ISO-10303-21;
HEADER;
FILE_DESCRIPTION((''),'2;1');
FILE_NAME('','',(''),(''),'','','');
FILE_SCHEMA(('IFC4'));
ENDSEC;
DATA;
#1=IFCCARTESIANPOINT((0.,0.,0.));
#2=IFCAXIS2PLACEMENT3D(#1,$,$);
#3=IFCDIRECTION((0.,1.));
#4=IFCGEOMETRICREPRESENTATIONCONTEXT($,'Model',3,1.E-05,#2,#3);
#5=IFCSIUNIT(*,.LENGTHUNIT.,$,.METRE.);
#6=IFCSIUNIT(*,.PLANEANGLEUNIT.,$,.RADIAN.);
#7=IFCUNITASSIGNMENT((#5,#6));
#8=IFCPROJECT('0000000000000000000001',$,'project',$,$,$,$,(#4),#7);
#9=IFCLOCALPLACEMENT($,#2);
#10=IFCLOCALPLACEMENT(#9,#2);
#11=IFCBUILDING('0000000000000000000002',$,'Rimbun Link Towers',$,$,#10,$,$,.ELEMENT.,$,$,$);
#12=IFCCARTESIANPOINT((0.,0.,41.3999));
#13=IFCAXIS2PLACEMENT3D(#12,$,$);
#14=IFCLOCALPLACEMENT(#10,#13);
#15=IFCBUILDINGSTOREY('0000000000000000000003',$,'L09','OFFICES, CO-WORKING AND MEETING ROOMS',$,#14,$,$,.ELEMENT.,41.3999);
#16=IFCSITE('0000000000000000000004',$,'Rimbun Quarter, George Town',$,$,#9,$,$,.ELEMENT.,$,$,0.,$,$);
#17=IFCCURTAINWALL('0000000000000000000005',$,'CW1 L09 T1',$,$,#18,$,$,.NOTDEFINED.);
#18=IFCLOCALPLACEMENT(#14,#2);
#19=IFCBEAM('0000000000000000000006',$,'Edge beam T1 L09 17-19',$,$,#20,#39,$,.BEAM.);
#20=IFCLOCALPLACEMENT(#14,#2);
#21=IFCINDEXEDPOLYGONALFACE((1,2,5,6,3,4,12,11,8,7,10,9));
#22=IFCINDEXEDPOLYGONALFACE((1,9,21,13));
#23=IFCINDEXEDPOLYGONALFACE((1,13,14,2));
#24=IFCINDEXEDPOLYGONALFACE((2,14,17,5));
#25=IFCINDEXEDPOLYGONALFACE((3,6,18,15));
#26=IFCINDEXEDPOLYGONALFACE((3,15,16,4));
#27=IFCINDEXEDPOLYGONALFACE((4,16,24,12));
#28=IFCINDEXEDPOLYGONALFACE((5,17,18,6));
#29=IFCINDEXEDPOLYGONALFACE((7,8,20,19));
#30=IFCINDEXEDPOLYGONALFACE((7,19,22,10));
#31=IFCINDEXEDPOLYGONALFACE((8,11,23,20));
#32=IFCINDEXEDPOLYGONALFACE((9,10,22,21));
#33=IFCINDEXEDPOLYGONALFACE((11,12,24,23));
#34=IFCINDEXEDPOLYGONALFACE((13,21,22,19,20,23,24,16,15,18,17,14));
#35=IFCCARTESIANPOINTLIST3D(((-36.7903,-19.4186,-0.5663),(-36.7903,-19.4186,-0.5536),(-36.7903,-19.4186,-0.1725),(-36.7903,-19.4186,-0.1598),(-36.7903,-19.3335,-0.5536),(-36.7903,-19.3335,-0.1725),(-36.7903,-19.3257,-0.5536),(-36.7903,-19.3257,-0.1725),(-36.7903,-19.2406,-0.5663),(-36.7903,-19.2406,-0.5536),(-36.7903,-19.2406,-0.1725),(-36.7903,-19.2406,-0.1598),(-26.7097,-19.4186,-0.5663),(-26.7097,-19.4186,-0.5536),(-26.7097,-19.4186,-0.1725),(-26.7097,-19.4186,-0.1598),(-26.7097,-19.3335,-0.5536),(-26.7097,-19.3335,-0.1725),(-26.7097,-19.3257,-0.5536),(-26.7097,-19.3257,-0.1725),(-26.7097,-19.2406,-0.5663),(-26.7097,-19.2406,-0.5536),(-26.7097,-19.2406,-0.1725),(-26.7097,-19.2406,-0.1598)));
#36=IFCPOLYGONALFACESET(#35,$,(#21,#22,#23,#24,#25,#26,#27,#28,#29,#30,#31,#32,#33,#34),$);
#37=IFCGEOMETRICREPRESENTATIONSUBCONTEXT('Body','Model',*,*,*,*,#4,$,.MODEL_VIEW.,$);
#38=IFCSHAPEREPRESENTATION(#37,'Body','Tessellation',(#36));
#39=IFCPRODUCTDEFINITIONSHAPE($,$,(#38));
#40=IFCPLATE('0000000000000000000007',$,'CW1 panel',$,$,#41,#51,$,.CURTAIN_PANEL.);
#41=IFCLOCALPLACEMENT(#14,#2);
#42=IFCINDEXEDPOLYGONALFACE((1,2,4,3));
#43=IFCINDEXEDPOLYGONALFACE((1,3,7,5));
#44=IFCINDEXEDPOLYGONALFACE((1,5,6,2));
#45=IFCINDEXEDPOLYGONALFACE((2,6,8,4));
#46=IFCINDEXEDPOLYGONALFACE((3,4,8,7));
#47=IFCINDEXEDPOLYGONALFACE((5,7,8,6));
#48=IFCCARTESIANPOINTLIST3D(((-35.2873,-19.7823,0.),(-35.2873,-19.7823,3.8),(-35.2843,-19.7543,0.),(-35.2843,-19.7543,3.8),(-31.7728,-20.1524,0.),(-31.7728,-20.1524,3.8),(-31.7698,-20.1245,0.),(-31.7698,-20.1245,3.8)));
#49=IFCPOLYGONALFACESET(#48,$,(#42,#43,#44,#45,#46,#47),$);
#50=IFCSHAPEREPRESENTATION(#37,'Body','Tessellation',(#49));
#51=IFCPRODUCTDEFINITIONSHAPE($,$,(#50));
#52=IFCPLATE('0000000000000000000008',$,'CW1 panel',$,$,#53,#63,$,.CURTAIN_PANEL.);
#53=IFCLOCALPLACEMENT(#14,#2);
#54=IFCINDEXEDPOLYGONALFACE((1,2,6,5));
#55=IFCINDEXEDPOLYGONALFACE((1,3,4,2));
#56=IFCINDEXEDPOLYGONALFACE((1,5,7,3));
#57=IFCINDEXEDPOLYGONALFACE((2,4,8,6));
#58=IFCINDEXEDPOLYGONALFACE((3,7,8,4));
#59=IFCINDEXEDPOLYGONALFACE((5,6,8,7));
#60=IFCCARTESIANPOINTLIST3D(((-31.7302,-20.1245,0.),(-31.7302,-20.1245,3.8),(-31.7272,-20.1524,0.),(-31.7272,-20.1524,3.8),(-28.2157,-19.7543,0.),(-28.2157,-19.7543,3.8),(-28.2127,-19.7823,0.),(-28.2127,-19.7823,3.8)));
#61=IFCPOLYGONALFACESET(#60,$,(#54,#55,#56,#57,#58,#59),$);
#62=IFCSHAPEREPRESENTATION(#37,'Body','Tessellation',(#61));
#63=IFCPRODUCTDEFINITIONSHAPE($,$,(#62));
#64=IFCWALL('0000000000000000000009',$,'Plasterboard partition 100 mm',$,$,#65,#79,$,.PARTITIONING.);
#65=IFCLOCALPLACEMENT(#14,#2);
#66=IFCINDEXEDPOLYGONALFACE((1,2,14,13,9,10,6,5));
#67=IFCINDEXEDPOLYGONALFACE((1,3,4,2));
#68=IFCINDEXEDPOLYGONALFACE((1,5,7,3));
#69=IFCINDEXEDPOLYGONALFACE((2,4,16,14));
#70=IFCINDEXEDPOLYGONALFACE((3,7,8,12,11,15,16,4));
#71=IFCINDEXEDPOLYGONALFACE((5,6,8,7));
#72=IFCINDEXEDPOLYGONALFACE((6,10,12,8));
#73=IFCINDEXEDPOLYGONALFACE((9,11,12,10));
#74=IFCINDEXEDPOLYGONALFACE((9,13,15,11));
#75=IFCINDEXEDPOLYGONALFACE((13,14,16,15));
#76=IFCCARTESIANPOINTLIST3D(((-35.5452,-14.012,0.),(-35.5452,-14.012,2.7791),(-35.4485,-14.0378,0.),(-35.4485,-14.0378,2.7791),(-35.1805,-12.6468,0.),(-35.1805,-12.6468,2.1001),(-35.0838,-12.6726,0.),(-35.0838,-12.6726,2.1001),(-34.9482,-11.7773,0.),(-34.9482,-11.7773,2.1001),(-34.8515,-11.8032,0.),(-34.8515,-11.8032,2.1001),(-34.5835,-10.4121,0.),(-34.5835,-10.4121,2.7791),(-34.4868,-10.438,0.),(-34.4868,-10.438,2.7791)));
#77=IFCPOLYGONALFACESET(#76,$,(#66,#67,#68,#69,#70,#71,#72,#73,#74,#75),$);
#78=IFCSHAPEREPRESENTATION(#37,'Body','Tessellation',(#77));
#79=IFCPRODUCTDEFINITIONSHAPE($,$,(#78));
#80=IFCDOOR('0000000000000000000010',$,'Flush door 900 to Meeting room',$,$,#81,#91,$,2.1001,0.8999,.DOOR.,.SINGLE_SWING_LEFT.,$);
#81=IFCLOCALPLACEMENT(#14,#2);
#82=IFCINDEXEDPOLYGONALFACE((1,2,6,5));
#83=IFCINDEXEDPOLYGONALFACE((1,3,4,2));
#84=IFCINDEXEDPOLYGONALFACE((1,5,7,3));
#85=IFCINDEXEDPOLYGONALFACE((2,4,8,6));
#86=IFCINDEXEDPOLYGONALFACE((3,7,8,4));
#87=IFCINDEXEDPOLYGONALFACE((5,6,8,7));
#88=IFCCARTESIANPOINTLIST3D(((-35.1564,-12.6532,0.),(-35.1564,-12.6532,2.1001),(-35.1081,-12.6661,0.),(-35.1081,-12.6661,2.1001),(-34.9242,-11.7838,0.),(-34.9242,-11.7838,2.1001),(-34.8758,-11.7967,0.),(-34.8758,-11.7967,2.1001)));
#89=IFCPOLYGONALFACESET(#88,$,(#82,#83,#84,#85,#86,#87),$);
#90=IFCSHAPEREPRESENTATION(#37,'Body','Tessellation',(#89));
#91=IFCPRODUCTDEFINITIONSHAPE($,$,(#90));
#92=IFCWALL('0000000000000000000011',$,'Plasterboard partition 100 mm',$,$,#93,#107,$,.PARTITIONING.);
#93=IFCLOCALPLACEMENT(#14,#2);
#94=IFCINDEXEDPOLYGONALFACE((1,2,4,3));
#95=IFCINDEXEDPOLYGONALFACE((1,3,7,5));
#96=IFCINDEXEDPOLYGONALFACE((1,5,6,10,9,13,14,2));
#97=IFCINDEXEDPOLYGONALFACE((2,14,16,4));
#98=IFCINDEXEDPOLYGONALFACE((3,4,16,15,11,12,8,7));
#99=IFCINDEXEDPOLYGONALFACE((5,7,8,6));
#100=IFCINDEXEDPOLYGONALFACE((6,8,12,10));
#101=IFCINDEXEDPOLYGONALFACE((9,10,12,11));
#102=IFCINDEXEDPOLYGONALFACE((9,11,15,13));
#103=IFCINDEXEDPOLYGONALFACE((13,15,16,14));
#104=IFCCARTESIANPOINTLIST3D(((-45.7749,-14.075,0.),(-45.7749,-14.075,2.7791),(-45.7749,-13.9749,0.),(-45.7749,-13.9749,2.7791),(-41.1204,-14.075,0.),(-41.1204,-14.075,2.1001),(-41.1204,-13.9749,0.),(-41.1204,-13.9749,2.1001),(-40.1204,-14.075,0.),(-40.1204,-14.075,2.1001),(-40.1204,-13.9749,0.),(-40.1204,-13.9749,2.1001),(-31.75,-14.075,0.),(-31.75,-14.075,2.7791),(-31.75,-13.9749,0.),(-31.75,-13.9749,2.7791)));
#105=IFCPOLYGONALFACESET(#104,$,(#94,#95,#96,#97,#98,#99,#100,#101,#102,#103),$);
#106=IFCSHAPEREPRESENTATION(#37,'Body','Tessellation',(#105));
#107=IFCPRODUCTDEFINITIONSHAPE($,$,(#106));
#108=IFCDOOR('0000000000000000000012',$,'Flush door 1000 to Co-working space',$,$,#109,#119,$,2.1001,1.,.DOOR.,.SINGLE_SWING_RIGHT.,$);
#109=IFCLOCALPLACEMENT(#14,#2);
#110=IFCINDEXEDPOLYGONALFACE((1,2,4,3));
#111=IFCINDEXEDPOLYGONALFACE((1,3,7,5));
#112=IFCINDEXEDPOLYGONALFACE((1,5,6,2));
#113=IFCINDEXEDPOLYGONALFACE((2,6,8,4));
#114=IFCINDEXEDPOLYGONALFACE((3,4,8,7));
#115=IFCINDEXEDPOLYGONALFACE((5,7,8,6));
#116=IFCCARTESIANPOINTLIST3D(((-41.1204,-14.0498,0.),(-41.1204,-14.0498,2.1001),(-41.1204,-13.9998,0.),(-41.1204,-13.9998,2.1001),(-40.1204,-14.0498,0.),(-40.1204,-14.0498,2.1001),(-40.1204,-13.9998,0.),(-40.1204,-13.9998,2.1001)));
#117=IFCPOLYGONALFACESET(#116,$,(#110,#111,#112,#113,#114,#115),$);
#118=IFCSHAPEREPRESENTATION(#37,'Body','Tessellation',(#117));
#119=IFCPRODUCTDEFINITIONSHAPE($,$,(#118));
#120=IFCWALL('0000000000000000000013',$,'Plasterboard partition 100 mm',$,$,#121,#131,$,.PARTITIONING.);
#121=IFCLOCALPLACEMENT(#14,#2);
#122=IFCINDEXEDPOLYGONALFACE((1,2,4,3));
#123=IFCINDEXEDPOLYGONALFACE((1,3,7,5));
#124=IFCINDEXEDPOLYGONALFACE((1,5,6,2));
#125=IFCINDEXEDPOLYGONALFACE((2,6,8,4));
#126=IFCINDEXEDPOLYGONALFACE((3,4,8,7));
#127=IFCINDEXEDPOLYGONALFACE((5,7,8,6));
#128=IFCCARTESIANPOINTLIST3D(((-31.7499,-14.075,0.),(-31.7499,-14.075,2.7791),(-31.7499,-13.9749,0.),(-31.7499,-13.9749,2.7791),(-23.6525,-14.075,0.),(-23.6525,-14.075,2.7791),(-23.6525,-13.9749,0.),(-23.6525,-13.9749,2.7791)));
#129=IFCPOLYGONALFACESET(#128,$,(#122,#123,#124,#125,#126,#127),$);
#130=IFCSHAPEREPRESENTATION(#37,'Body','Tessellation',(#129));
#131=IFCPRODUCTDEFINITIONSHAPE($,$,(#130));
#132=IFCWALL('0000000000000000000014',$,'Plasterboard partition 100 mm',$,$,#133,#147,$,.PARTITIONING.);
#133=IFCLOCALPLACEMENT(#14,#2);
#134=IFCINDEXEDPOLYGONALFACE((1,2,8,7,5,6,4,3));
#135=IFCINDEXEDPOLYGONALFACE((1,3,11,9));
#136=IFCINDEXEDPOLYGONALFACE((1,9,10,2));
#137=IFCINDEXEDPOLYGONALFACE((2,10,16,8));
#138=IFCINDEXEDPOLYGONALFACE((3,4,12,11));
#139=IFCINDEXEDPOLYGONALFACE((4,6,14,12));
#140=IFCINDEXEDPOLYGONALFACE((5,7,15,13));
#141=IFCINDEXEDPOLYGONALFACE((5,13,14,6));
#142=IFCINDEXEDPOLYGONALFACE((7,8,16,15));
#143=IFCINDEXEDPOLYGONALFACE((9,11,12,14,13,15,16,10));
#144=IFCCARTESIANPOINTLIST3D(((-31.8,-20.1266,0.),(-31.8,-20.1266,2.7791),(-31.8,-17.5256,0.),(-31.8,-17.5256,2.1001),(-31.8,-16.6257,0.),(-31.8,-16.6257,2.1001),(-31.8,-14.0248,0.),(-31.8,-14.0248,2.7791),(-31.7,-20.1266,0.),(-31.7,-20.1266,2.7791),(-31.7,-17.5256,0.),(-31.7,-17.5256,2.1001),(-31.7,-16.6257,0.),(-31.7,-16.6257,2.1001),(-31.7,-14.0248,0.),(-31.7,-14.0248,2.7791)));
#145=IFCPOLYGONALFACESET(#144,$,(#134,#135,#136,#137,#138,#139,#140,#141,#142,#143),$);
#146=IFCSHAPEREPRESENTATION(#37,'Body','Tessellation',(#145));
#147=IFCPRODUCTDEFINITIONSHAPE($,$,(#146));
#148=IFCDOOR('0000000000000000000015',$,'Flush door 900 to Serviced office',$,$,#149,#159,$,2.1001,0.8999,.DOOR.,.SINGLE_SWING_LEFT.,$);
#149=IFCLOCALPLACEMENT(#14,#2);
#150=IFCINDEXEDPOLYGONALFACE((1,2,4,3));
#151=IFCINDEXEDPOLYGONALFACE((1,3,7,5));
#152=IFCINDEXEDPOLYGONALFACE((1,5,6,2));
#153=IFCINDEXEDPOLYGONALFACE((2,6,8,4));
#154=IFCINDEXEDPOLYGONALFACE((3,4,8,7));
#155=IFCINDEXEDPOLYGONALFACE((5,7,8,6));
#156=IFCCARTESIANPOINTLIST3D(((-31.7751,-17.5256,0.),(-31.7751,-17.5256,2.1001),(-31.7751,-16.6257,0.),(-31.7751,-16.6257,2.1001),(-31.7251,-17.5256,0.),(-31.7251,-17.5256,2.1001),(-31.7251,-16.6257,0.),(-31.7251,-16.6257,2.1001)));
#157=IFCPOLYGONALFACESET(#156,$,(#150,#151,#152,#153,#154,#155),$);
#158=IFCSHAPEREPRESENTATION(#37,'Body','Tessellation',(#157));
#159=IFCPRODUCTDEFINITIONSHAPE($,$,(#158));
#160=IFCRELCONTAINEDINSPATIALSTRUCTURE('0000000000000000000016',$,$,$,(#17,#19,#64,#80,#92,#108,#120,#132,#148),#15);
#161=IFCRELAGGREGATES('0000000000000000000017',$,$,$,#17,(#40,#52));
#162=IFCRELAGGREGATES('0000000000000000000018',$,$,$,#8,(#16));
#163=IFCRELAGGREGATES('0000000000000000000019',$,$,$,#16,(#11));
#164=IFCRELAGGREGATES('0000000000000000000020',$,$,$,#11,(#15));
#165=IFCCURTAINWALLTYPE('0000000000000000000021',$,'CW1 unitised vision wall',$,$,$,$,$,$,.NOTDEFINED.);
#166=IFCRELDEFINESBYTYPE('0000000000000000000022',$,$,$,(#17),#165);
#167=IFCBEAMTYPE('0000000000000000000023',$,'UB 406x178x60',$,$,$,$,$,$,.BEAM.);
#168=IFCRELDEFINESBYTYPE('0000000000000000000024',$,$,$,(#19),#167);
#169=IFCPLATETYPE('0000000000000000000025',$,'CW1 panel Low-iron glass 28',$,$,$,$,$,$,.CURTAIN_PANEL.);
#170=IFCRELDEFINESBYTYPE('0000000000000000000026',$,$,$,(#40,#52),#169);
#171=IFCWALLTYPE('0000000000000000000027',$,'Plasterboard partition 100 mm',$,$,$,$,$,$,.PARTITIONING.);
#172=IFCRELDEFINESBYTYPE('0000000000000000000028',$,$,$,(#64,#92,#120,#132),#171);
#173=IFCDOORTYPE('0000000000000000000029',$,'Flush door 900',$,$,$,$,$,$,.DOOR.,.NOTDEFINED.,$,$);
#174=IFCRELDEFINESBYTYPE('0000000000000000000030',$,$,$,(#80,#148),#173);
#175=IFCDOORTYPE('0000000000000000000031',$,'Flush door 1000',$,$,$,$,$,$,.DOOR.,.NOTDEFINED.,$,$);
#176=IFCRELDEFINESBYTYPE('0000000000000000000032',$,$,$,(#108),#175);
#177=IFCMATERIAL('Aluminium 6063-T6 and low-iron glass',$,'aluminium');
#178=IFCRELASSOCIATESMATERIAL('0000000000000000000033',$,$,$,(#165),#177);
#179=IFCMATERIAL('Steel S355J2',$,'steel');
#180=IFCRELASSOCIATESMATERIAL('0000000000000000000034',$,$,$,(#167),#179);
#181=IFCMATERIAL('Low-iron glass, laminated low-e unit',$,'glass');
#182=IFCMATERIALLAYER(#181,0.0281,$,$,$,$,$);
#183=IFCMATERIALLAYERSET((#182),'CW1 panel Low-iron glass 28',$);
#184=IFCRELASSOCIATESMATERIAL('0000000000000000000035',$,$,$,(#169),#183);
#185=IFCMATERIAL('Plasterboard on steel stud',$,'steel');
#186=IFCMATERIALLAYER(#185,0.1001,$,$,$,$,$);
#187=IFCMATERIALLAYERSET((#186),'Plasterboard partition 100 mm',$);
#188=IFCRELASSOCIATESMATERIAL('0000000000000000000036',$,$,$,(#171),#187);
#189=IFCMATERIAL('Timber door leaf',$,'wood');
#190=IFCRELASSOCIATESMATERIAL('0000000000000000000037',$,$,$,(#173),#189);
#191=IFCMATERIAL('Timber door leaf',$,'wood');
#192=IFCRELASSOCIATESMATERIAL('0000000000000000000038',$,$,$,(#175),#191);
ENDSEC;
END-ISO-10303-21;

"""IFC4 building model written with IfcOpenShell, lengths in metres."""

from ifc_helpers import new_model, si_unit, direction, frame, frame_2d, origin, origin_2d, place, context, subcontext, project, spatial, rectangle, i_section, extrude, material, layer, layer_set, material_profile, profile_set, type_object, element, fill, aggregate, save


model = new_model("IFC4")

# Units and contexts
model_context = context("Model", 3, precision=1e-05, world=origin(), true_north=direction((0.0, 1.0)))
body_context = subcontext(model_context, "Body", "Model", "MODEL_VIEW")
ifc_project = project(units=[si_unit("LENGTHUNIT", "METRE"), si_unit("PLANEANGLEUNIT", "RADIAN")], contexts=[model_context])

# Site, building, storey
site_placement = place(None, origin())
site = spatial("IfcSite", under=ifc_project, at=site_placement, Name="Rimbun Quarter, George Town", CompositionType="ELEMENT", RefElevation=0.0)
building_placement = place(site_placement, origin())
building = spatial("IfcBuilding", under=site, at=building_placement, Name="Rimbun Link Towers", CompositionType="ELEMENT")
storey_placement = place(building_placement, frame((0.0, 0.0, 41.3999)))
storey = spatial("IfcBuildingStorey", under=building, at=storey_placement, Name="L09", Description="OFFICES, CO-WORKING AND MEETING ROOMS", CompositionType="ELEMENT", Elevation=41.3999)

# Curtain wall
ifc_material_1 = material(Name="Aluminium 6063-T6 and low-iron glass", Category="aluminium")
curtain_wall_type = type_object("IfcCurtainWallType", Name="CW1 unitised vision wall", PredefinedType="NOTDEFINED", material=ifc_material_1)
curtain_wall_placement = place(storey_placement, origin())
curtain_wall = element("IfcCurtainWall", 1, at=curtain_wall_placement, inside=storey, type_object=curtain_wall_type, Name="CW1 L09 T1", PredefinedType="NOTDEFINED")

# Beam
ifc_material_2 = material(Name="Steel S355J2", Category="steel")
ifc_material_profile_1 = material_profile(ifc_material_2, i_section(OverallWidth=0.178, OverallDepth=0.4065, WebThickness=0.0078, FlangeThickness=0.0127, at=origin_2d()), Name="UB 406x178x60")
ifc_profile_set_1 = profile_set([ifc_material_profile_1], Name="Steel S355J2")
beam_type_1 = type_object("IfcBeamType", Name="UB 406x178x60", PredefinedType="BEAM", material=ifc_profile_set_1)
beam_1_placement = place(storey_placement, frame((-36.7903, -19.3296, -0.363), z_axis=(1.0, 0.0, 0.0), x_axis=(0.0, 1.0, 0.0)))
element("IfcBeam", 2, at=beam_1_placement, inside=storey, type_object=beam_type_1, Name="Edge beam T1 L09 17-19", PredefinedType="BEAM", context=body_context, shape_type="SweptSolid", body=[
    extrude(i_section(OverallWidth=0.178, OverallDepth=0.4065, WebThickness=0.0078, FlangeThickness=0.0127, at=origin_2d()), origin(), (0.0, 0.0, 1.0), 10.0806),
])

# Plates
ifc_material_3 = material(Name="Low-iron glass, laminated low-e unit", Category="glass")
ifc_layer_1 = layer(ifc_material_3, 0.0281)
ifc_layer_set_1 = layer_set([ifc_layer_1], Name="CW1 panel Low-iron glass 28")
plate_type = type_object("IfcPlateType", Name="CW1 panel Low-iron glass 28", PredefinedType="CURTAIN_PANEL", material=ifc_layer_set_1)
plate_1_placement = place(storey_placement, frame((-33.5286, -19.9534, 0.0), z_axis=(0.0, 0.0, 1.0), x_axis=(-0.994499, 0.104742, 0.0)))
plate_1 = element("IfcPlate", 3, at=plate_1_placement, type_object=plate_type, Name="CW1 panel", PredefinedType="CURTAIN_PANEL", context=body_context, shape_type="SweptSolid", body=[
    extrude(rectangle(XDim=3.5339, YDim=0.0281, at=origin_2d()), origin(), (0.0, 0.0, 1.0), 3.8),
])
plate_2_placement = place(storey_placement, frame((-29.9714, -19.9534, 0.0), z_axis=(0.0, 0.0, 1.0), x_axis=(-0.994499, -0.104742, 0.0)))
plate_2 = element("IfcPlate", 4, at=plate_2_placement, type_object=plate_type, Name="CW1 panel", PredefinedType="CURTAIN_PANEL", context=body_context, shape_type="SweptSolid", body=[
    extrude(rectangle(XDim=3.5339, YDim=0.0281, at=origin_2d()), origin(), (0.0, 0.0, 1.0), 3.8),
])
aggregate(curtain_wall, [plate_1, plate_2])

# Walls, openings, doors
ifc_material_4 = material(Name="Plasterboard on steel stud", Category="steel")
ifc_layer_2 = layer(ifc_material_4, 0.1001)
ifc_layer_set_2 = layer_set([ifc_layer_2], Name="Plasterboard partition 100 mm")
wall_type = type_object("IfcWallType", Name="Plasterboard partition 100 mm", PredefinedType="PARTITIONING", material=ifc_layer_set_2)
wall_1_placement = place(storey_placement, frame((-34.5352, -10.425, 0.0), z_axis=(0.0, 0.0, 1.0), x_axis=(-0.258091, -0.966121, 0.0)))
wall_1 = element("IfcWall", 5, at=wall_1_placement, inside=storey, type_object=wall_type, Name="Plasterboard partition 100 mm", PredefinedType="PARTITIONING", context=body_context, shape_type="SweptSolid", body=[
    extrude(rectangle(XDim=3.7261, YDim=0.1001, at=frame_2d((1.863, 0.0))), origin(), (0.0, 0.0, 1.0), 2.7791),
])
opening_1_placement = place(wall_1_placement, frame((1.4131, 0.0, 0.0)))
opening_1 = element("IfcOpeningElement", 6, at=opening_1_placement, cuts=wall_1, PredefinedType="OPENING", context=body_context, shape_type="SweptSolid", body=[
    extrude(rectangle(XDim=0.8999, YDim=2.1001, at=frame_2d((0.45, 1.05))), frame((0.0, 0.0601, 0.0), z_axis=(0.0, -1.0, 0.0), x_axis=(1.0, 0.0, 0.0)), (0.0, 0.0, 1.0), 0.1201),
])
ifc_material_5 = material(Name="Timber door leaf", Category="wood")
door_type_1 = type_object("IfcDoorType", Name="Flush door 900", OperationType="NOTDEFINED", PredefinedType="DOOR", material=ifc_material_5)
door_1_placement = place(opening_1_placement, origin())
door_1 = element("IfcDoor", 7, at=door_1_placement, inside=storey, type_object=door_type_1, Name="Flush door 900 to Meeting room", OperationType="SINGLE_SWING_LEFT", OverallHeight=2.1001, OverallWidth=0.8999, PredefinedType="DOOR", context=body_context, shape_type="SweptSolid", body=[
    extrude(rectangle(XDim=0.8999, YDim=2.1001, at=frame_2d((0.45, 1.05))), frame((0.0, 0.0249, 0.0), z_axis=(0.0, -1.0, 0.0), x_axis=(1.0, 0.0, 0.0)), (0.0, 0.0, 1.0), 0.05),
])
fill(opening_1, door_1)
wall_2_placement = place(storey_placement, frame((-31.75, -14.0249, 0.0), z_axis=(0.0, 0.0, 1.0), x_axis=(-1.0, 0.0, 0.0)))
wall_2 = element("IfcWall", 8, at=wall_2_placement, inside=storey, type_object=wall_type, Name="Plasterboard partition 100 mm", PredefinedType="PARTITIONING", context=body_context, shape_type="SweptSolid", body=[
    extrude(rectangle(XDim=14.0249, YDim=0.1001, at=frame_2d((7.0125, 0.0))), origin(), (0.0, 0.0, 1.0), 2.7791),
])
opening_2_placement = place(wall_2_placement, frame((8.3704, 0.0, 0.0)))
opening_2 = element("IfcOpeningElement", 9, at=opening_2_placement, cuts=wall_2, PredefinedType="OPENING", context=body_context, shape_type="SweptSolid", body=[
    extrude(rectangle(XDim=1.0, YDim=2.1001, at=frame_2d((0.5, 1.05))), frame((0.0, 0.0601, 0.0), z_axis=(0.0, -1.0, 0.0), x_axis=(1.0, 0.0, 0.0)), (0.0, 0.0, 1.0), 0.1201),
])
ifc_material_6 = material(Name="Timber door leaf", Category="wood")
door_type_2 = type_object("IfcDoorType", Name="Flush door 1000", OperationType="NOTDEFINED", PredefinedType="DOOR", material=ifc_material_6)
door_2_placement = place(opening_2_placement, origin())
door_2 = element("IfcDoor", 10, at=door_2_placement, inside=storey, type_object=door_type_2, Name="Flush door 1000 to Co-working space", OperationType="SINGLE_SWING_RIGHT", OverallHeight=2.1001, OverallWidth=1.0, PredefinedType="DOOR", context=body_context, shape_type="SweptSolid", body=[
    extrude(rectangle(XDim=1.0, YDim=2.1001, at=frame_2d((0.5, 1.05))), frame((0.0, 0.0249, 0.0), z_axis=(0.0, -1.0, 0.0), x_axis=(1.0, 0.0, 0.0)), (0.0, 0.0, 1.0), 0.05),
])
fill(opening_2, door_2)

# Wall
wall_3_placement = place(storey_placement, frame((-31.75, -14.0249, 0.0), z_axis=(0.0, 0.0, 1.0), x_axis=(1.0, 0.0, 0.0)))
element("IfcWall", 11, at=wall_3_placement, inside=storey, type_object=wall_type, Name="Plasterboard partition 100 mm", PredefinedType="PARTITIONING", context=body_context, shape_type="SweptSolid", body=[
    extrude(rectangle(XDim=8.0974, YDim=0.1001, at=frame_2d((4.0488, 0.0))), origin(), (0.0, 0.0, 1.0), 2.7791),
])

# Wall, opening, door
wall_4_placement = place(storey_placement, frame((-31.75, -14.0249, 0.0), z_axis=(0.0, 0.0, 1.0), x_axis=(0.0, -1.0, 0.0)))
wall_4 = element("IfcWall", 12, at=wall_4_placement, inside=storey, type_object=wall_type, Name="Plasterboard partition 100 mm", PredefinedType="PARTITIONING", context=body_context, shape_type="SweptSolid", body=[
    extrude(rectangle(XDim=6.1018, YDim=0.1001, at=frame_2d((3.0508, 0.0))), origin(), (0.0, 0.0, 1.0), 2.7791),
])
opening_3_placement = place(wall_4_placement, frame((2.6008, 0.0, 0.0)))
opening_3 = element("IfcOpeningElement", 13, at=opening_3_placement, cuts=wall_4, PredefinedType="OPENING", context=body_context, shape_type="SweptSolid", body=[
    extrude(rectangle(XDim=0.8999, YDim=2.1001, at=frame_2d((0.45, 1.05))), frame((0.0, 0.0601, 0.0), z_axis=(0.0, -1.0, 0.0), x_axis=(1.0, 0.0, 0.0)), (0.0, 0.0, 1.0), 0.1201),
])
door_3_placement = place(opening_3_placement, origin())
door_3 = element("IfcDoor", 14, at=door_3_placement, inside=storey, type_object=door_type_1, Name="Flush door 900 to Serviced office", OperationType="SINGLE_SWING_LEFT", OverallHeight=2.1001, OverallWidth=0.8999, PredefinedType="DOOR", context=body_context, shape_type="SweptSolid", body=[
    extrude(rectangle(XDim=0.8999, YDim=2.1001, at=frame_2d((0.45, 1.05))), frame((0.0, 0.0249, 0.0), z_axis=(0.0, -1.0, 0.0), x_axis=(1.0, 0.0, 0.0)), (0.0, 0.0, 1.0), 0.05),
])
fill(opening_3, door_3)

save(model, "model.ifc")
